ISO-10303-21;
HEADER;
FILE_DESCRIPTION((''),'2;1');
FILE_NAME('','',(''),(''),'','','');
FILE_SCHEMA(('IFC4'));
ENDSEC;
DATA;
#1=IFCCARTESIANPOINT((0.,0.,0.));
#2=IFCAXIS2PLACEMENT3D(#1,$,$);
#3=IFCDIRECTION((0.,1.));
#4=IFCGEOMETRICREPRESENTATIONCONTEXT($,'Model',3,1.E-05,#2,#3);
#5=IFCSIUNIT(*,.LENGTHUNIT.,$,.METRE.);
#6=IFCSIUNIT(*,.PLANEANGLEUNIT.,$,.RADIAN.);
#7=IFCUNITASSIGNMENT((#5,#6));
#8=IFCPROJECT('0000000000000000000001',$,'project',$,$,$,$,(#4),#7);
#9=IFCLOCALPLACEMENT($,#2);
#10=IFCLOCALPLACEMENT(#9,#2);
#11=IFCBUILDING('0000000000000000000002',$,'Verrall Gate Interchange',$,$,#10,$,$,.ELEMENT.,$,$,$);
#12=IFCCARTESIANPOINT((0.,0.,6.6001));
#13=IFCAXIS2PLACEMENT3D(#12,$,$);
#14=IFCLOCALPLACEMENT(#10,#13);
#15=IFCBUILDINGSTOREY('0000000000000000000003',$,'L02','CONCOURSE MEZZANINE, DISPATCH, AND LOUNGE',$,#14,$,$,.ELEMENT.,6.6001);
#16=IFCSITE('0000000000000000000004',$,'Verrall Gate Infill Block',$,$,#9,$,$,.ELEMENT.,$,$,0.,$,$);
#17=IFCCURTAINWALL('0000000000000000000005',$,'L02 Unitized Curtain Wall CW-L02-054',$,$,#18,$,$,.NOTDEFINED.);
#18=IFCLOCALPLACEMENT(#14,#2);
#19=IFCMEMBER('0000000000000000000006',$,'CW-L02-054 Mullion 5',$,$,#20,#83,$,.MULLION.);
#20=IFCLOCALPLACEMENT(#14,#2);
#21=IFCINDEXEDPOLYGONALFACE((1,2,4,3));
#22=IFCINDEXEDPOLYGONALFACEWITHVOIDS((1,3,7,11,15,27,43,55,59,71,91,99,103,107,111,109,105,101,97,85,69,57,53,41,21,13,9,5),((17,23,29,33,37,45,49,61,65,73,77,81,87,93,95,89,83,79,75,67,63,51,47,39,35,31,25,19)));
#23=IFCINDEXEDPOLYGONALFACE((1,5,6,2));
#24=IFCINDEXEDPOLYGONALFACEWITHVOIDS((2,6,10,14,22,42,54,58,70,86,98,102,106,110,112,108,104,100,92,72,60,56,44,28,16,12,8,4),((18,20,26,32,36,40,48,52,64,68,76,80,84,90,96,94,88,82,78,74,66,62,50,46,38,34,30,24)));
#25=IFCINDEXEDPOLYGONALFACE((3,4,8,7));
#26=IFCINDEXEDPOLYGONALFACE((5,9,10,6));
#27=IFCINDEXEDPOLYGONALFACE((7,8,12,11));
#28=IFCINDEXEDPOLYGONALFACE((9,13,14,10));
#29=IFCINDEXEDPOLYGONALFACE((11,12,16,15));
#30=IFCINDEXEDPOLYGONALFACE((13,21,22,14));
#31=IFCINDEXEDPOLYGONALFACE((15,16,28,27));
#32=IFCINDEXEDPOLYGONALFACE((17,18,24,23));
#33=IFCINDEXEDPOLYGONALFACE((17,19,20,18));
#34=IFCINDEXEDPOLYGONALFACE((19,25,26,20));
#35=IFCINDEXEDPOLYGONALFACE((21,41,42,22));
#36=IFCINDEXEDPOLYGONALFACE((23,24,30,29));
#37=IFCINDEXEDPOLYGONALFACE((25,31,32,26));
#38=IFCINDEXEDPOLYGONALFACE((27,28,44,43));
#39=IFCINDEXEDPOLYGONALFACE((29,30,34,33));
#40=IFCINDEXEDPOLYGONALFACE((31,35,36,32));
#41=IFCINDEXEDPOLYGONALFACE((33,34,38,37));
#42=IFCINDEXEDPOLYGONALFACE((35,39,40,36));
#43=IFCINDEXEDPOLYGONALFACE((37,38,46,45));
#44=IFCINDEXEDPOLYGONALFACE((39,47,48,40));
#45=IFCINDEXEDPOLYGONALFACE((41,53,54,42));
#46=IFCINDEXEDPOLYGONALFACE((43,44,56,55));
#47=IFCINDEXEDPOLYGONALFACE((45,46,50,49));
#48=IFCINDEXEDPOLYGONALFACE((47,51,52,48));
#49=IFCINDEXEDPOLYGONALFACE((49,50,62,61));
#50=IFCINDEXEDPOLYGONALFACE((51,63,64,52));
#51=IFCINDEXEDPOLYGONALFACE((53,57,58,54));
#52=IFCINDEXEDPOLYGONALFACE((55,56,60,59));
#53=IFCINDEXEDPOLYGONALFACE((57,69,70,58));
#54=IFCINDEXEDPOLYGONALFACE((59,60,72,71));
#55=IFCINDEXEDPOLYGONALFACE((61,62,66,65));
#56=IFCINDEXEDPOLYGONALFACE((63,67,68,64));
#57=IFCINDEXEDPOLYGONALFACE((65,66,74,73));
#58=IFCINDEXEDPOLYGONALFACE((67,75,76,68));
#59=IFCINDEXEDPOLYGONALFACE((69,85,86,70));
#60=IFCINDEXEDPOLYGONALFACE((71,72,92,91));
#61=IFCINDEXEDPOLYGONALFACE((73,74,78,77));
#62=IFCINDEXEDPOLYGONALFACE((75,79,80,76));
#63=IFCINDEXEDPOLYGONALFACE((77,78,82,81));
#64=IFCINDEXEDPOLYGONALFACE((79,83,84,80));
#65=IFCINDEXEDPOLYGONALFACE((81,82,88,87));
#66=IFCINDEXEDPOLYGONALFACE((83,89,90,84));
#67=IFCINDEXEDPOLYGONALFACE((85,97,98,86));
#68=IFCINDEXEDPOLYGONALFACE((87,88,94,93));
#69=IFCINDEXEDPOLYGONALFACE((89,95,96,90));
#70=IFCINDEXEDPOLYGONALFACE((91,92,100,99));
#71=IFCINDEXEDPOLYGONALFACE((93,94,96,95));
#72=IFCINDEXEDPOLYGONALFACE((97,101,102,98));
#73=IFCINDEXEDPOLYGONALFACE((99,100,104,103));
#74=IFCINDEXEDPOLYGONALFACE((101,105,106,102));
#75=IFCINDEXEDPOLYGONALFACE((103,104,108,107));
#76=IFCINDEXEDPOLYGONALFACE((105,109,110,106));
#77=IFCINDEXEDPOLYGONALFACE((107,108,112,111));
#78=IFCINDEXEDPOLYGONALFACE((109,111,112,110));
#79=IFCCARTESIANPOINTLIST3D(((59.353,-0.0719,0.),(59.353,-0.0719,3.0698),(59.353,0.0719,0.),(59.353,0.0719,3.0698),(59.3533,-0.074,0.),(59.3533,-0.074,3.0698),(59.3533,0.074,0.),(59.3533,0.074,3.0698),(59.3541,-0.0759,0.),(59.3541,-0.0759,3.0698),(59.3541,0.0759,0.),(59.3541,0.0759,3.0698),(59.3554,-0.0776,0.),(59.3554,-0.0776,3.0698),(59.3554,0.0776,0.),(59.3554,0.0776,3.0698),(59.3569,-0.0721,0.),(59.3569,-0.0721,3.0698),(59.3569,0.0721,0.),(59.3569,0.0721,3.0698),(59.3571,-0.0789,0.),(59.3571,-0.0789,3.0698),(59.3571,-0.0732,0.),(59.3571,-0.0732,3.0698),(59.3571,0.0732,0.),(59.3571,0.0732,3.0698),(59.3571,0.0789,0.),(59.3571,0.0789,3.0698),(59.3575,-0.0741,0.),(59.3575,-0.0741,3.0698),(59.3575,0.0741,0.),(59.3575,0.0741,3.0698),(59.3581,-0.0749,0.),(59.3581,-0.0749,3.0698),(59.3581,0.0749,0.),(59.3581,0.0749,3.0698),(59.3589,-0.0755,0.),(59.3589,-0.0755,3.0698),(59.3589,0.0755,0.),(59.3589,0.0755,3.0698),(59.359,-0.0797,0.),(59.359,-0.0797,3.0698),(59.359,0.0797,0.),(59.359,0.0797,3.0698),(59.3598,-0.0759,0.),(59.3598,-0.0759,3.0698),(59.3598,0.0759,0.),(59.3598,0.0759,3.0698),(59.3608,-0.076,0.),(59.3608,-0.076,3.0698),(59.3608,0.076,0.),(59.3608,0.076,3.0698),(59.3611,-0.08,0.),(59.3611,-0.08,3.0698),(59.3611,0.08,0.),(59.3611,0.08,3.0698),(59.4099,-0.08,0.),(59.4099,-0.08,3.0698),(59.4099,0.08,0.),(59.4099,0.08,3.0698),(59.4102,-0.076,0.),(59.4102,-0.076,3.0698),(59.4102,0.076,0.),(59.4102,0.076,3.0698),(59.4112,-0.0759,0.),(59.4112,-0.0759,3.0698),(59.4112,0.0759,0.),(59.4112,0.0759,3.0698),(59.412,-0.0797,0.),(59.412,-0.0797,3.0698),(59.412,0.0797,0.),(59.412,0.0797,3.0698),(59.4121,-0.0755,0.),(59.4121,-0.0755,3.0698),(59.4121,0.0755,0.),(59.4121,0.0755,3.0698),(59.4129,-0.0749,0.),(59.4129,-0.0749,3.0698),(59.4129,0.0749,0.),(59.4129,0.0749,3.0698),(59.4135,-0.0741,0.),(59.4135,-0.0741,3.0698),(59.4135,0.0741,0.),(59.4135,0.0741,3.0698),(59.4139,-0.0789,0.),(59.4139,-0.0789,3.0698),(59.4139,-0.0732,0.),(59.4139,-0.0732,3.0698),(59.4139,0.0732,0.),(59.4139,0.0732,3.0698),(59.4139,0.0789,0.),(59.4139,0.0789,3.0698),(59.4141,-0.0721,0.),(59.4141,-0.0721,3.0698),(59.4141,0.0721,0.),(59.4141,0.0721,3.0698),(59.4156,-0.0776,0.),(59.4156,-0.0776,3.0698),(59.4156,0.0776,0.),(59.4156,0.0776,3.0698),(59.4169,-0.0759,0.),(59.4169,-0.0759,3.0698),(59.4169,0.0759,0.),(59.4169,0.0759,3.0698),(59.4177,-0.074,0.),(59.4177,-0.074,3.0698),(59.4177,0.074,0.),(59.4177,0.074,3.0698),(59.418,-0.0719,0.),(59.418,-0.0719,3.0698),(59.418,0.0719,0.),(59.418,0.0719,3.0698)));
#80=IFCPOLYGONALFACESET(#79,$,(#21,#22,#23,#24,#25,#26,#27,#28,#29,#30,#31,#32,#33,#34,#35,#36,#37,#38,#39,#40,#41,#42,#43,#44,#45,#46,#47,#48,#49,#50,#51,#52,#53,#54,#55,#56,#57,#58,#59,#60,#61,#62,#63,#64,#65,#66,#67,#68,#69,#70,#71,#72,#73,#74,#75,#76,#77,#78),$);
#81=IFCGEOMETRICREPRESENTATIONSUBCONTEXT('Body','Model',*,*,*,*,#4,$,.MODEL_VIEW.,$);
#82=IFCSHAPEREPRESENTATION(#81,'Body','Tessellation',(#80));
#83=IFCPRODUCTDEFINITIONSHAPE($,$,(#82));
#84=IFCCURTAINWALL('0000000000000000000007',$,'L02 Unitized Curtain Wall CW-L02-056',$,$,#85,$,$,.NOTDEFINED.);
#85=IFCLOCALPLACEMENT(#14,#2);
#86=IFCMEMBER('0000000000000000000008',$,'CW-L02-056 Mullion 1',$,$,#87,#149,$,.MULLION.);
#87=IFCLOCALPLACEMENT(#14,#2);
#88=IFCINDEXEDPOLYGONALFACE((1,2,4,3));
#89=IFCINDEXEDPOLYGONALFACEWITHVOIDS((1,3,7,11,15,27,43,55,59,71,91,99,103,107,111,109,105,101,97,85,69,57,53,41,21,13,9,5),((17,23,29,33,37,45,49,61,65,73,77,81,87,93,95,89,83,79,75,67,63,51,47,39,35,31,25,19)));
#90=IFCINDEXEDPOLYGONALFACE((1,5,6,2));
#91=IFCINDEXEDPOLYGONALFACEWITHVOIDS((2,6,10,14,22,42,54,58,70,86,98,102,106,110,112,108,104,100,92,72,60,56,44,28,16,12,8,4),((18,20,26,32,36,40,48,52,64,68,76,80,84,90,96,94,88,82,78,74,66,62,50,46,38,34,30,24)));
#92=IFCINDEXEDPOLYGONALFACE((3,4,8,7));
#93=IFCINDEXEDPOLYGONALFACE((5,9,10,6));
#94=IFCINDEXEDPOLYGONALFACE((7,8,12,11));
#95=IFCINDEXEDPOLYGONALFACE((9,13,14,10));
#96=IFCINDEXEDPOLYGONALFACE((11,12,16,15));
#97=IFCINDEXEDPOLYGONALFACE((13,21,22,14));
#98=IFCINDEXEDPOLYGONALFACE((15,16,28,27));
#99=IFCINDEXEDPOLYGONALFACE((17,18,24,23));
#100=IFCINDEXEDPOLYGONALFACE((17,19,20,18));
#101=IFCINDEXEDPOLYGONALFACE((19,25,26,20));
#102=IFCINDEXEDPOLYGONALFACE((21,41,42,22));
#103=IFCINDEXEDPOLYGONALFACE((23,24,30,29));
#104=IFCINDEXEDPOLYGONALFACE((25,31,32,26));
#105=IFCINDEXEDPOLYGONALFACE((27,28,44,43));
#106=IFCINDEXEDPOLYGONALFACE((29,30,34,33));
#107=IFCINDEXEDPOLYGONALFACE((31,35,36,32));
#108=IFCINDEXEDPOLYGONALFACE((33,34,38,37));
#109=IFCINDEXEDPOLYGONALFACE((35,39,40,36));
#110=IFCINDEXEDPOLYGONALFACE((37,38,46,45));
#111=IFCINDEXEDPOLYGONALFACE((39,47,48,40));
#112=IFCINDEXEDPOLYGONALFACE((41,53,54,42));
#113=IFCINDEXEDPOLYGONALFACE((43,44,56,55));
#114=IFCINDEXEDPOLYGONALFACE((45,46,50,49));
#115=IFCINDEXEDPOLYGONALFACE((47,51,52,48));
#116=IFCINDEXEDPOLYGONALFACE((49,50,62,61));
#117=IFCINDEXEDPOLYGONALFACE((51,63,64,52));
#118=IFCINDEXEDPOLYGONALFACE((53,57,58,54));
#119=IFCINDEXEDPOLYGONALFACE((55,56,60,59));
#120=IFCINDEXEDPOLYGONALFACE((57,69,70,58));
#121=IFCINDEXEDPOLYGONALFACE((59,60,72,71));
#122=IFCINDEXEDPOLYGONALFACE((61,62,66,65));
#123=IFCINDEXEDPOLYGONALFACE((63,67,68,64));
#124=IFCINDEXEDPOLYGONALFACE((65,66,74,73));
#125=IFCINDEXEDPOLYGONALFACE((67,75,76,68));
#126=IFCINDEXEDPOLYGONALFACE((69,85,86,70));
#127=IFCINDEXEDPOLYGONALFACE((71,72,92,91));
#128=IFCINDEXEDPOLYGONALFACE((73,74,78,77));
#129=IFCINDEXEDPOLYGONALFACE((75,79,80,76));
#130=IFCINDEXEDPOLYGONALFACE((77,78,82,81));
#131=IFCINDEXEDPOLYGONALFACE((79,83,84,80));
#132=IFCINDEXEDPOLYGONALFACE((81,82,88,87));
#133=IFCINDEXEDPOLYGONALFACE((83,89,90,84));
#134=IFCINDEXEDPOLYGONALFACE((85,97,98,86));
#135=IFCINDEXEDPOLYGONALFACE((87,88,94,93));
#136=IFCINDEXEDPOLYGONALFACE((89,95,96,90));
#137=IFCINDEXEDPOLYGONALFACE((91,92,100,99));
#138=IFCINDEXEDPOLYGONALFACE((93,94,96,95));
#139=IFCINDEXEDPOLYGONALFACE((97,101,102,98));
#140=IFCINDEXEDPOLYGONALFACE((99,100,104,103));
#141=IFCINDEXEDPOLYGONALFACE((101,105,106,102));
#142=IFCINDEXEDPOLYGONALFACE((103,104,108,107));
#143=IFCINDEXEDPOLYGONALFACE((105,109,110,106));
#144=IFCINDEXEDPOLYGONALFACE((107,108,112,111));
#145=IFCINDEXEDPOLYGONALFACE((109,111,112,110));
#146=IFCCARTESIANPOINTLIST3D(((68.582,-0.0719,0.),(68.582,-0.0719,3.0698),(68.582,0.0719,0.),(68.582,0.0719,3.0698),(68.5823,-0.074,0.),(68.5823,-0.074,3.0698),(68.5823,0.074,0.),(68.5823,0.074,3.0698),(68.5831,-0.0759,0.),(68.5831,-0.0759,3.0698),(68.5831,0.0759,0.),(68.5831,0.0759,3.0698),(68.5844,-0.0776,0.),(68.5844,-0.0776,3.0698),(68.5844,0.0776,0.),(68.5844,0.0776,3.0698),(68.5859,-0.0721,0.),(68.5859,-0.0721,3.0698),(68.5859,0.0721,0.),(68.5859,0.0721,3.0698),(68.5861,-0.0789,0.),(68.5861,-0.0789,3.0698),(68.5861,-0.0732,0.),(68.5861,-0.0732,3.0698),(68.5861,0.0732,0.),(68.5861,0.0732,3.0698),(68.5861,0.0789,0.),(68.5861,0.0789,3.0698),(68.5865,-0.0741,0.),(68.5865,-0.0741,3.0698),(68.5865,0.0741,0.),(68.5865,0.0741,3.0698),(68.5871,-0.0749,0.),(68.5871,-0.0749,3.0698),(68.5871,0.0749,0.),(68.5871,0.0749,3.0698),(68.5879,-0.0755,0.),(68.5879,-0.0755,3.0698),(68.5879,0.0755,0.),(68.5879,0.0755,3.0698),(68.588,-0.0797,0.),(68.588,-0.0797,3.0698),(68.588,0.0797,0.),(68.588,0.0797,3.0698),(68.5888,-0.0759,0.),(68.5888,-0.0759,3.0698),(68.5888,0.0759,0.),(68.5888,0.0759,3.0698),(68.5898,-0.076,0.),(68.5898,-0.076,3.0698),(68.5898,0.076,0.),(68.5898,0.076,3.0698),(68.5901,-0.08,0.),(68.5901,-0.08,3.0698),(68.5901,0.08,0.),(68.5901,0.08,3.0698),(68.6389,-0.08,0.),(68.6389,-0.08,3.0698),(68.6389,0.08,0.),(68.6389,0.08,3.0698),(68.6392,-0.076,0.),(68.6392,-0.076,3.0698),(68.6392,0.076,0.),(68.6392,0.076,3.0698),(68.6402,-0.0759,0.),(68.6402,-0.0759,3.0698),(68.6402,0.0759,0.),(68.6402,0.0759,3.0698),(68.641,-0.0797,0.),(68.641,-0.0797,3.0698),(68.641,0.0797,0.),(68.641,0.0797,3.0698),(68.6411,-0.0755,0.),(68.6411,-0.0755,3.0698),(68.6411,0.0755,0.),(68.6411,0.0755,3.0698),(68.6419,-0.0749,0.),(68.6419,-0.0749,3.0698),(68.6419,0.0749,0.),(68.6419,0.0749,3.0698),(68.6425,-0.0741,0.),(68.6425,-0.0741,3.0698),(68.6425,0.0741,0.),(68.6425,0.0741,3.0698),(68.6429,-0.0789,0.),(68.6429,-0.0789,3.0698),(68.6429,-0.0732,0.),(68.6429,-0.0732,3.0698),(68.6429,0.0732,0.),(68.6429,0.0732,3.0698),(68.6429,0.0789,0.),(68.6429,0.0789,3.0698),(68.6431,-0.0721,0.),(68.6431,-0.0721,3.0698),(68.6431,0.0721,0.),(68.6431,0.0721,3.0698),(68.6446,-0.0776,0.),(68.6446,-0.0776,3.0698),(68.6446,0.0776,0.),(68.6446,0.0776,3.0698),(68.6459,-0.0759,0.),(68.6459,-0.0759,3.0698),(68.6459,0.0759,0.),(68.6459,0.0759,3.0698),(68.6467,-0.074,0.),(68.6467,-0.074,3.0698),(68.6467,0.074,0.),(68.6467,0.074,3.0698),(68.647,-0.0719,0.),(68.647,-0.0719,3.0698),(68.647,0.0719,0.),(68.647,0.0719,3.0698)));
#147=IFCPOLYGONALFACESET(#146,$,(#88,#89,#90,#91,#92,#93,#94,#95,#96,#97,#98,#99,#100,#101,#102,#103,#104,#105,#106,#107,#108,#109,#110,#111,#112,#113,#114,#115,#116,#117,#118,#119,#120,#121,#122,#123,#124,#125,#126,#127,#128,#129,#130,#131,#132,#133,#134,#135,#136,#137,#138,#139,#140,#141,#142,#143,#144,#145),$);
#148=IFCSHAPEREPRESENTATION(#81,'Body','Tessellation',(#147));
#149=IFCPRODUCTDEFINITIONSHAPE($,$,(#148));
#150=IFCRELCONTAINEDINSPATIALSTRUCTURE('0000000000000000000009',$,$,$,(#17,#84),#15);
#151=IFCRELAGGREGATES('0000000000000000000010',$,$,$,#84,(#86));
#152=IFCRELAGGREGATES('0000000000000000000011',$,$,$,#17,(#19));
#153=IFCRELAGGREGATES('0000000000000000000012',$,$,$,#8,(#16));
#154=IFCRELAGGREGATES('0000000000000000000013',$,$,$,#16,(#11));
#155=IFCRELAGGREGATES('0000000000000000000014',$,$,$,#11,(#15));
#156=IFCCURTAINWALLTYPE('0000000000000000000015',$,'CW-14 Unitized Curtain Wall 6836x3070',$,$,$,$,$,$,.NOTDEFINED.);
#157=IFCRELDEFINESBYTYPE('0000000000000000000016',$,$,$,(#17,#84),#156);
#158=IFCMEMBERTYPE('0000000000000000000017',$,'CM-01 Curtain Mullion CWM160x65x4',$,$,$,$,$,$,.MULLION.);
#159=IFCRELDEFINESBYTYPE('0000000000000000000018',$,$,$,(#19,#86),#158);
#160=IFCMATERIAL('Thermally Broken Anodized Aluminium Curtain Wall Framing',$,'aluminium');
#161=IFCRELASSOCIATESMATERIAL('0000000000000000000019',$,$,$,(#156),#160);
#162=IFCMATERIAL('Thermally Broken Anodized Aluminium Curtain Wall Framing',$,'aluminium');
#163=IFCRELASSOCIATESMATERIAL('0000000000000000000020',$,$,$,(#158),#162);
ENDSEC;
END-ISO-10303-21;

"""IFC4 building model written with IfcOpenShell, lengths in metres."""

from ifc_helpers import new_model, si_unit, direction, frame, origin, origin_2d, place, context, subcontext, project, spatial, hollow_rectangle, extrude, material, material_profile, profile_set, type_object, element, aggregate, save


model = new_model("IFC4")

# Units and contexts
model_context = context("Model", 3, precision=1e-05, world=origin(), true_north=direction((0.0, 1.0)))
body_context = subcontext(model_context, "Body", "Model", "MODEL_VIEW")
ifc_project = project(units=[si_unit("LENGTHUNIT", "METRE"), si_unit("PLANEANGLEUNIT", "RADIAN")], contexts=[model_context])

# Site, building, storey
site_placement = place(None, origin())
site = spatial("IfcSite", under=ifc_project, at=site_placement, Name="Verrall Gate Infill Block", CompositionType="ELEMENT", RefElevation=0.0)
building_placement = place(site_placement, origin())
building = spatial("IfcBuilding", under=site, at=building_placement, Name="Verrall Gate Interchange", CompositionType="ELEMENT")
storey_placement = place(building_placement, frame((0.0, 0.0, 6.6001)))
storey = spatial("IfcBuildingStorey", under=building, at=storey_placement, Name="L02", Description="CONCOURSE MEZZANINE, DISPATCH, AND LOUNGE", CompositionType="ELEMENT", Elevation=6.6001)

# Curtain walls, members
ifc_material_1 = material(Name="Thermally Broken Anodized Aluminium Curtain Wall Framing", Category="aluminium")
curtain_wall_type = type_object("IfcCurtainWallType", Name="CW-14 Unitized Curtain Wall 6836x3070", PredefinedType="NOTDEFINED", material=ifc_material_1)
curtain_wall_1_placement = place(storey_placement, origin())
curtain_wall_1 = element("IfcCurtainWall", 1, at=curtain_wall_1_placement, inside=storey, type_object=curtain_wall_type, Name="L02 Unitized Curtain Wall CW-L02-054", PredefinedType="NOTDEFINED")
ifc_material_2 = material(Name="Thermally Broken Anodized Aluminium Curtain Wall Framing", Category="aluminium")
ifc_material_profile_1 = material_profile(ifc_material_2, hollow_rectangle(XDim=0.0649, YDim=0.1599, WallThickness=0.0039, InnerFilletRadius=0.0039, OuterFilletRadius=0.0081, at=origin_2d()), Name="CWM160x65x4")
ifc_profile_set_1 = profile_set([ifc_material_profile_1], Name="Thermally Broken Anodized Aluminium Curtain Wall Framing")
member_type_1 = type_object("IfcMemberType", Name="CM-01 Curtain Mullion CWM160x65x4", PredefinedType="MULLION", material=ifc_profile_set_1)
member_1_placement = place(storey_placement, frame((59.3855, 0.0, 0.0), z_axis=(0.0, 0.0, 1.0), x_axis=(1.0, 0.0, 0.0)))
member_1 = element("IfcMember", 2, at=member_1_placement, type_object=member_type_1, Name="CW-L02-054 Mullion 5", PredefinedType="MULLION", context=body_context, shape_type="SweptSolid", body=[
    extrude(hollow_rectangle(XDim=0.0649, YDim=0.1599, WallThickness=0.0039, InnerFilletRadius=0.0039, OuterFilletRadius=0.0081, at=origin_2d()), origin(), (0.0, 0.0, 1.0), 3.0698),
])
curtain_wall_2_placement = place(storey_placement, origin())
curtain_wall_2 = element("IfcCurtainWall", 3, at=curtain_wall_2_placement, inside=storey, type_object=curtain_wall_type, Name="L02 Unitized Curtain Wall CW-L02-056", PredefinedType="NOTDEFINED")
member_2_placement = place(storey_placement, frame((68.6145, 0.0, 0.0), z_axis=(0.0, 0.0, 1.0), x_axis=(1.0, 0.0, 0.0)))
member_2 = element("IfcMember", 4, at=member_2_placement, type_object=member_type_1, Name="CW-L02-056 Mullion 1", PredefinedType="MULLION", context=body_context, shape_type="SweptSolid", body=[
    extrude(hollow_rectangle(XDim=0.0649, YDim=0.1599, WallThickness=0.0039, InnerFilletRadius=0.0039, OuterFilletRadius=0.0081, at=origin_2d()), origin(), (0.0, 0.0, 1.0), 3.0698),
])

aggregate(curtain_wall_2, [member_2])
aggregate(curtain_wall_1, [member_1])

save(model, "model.ifc")
